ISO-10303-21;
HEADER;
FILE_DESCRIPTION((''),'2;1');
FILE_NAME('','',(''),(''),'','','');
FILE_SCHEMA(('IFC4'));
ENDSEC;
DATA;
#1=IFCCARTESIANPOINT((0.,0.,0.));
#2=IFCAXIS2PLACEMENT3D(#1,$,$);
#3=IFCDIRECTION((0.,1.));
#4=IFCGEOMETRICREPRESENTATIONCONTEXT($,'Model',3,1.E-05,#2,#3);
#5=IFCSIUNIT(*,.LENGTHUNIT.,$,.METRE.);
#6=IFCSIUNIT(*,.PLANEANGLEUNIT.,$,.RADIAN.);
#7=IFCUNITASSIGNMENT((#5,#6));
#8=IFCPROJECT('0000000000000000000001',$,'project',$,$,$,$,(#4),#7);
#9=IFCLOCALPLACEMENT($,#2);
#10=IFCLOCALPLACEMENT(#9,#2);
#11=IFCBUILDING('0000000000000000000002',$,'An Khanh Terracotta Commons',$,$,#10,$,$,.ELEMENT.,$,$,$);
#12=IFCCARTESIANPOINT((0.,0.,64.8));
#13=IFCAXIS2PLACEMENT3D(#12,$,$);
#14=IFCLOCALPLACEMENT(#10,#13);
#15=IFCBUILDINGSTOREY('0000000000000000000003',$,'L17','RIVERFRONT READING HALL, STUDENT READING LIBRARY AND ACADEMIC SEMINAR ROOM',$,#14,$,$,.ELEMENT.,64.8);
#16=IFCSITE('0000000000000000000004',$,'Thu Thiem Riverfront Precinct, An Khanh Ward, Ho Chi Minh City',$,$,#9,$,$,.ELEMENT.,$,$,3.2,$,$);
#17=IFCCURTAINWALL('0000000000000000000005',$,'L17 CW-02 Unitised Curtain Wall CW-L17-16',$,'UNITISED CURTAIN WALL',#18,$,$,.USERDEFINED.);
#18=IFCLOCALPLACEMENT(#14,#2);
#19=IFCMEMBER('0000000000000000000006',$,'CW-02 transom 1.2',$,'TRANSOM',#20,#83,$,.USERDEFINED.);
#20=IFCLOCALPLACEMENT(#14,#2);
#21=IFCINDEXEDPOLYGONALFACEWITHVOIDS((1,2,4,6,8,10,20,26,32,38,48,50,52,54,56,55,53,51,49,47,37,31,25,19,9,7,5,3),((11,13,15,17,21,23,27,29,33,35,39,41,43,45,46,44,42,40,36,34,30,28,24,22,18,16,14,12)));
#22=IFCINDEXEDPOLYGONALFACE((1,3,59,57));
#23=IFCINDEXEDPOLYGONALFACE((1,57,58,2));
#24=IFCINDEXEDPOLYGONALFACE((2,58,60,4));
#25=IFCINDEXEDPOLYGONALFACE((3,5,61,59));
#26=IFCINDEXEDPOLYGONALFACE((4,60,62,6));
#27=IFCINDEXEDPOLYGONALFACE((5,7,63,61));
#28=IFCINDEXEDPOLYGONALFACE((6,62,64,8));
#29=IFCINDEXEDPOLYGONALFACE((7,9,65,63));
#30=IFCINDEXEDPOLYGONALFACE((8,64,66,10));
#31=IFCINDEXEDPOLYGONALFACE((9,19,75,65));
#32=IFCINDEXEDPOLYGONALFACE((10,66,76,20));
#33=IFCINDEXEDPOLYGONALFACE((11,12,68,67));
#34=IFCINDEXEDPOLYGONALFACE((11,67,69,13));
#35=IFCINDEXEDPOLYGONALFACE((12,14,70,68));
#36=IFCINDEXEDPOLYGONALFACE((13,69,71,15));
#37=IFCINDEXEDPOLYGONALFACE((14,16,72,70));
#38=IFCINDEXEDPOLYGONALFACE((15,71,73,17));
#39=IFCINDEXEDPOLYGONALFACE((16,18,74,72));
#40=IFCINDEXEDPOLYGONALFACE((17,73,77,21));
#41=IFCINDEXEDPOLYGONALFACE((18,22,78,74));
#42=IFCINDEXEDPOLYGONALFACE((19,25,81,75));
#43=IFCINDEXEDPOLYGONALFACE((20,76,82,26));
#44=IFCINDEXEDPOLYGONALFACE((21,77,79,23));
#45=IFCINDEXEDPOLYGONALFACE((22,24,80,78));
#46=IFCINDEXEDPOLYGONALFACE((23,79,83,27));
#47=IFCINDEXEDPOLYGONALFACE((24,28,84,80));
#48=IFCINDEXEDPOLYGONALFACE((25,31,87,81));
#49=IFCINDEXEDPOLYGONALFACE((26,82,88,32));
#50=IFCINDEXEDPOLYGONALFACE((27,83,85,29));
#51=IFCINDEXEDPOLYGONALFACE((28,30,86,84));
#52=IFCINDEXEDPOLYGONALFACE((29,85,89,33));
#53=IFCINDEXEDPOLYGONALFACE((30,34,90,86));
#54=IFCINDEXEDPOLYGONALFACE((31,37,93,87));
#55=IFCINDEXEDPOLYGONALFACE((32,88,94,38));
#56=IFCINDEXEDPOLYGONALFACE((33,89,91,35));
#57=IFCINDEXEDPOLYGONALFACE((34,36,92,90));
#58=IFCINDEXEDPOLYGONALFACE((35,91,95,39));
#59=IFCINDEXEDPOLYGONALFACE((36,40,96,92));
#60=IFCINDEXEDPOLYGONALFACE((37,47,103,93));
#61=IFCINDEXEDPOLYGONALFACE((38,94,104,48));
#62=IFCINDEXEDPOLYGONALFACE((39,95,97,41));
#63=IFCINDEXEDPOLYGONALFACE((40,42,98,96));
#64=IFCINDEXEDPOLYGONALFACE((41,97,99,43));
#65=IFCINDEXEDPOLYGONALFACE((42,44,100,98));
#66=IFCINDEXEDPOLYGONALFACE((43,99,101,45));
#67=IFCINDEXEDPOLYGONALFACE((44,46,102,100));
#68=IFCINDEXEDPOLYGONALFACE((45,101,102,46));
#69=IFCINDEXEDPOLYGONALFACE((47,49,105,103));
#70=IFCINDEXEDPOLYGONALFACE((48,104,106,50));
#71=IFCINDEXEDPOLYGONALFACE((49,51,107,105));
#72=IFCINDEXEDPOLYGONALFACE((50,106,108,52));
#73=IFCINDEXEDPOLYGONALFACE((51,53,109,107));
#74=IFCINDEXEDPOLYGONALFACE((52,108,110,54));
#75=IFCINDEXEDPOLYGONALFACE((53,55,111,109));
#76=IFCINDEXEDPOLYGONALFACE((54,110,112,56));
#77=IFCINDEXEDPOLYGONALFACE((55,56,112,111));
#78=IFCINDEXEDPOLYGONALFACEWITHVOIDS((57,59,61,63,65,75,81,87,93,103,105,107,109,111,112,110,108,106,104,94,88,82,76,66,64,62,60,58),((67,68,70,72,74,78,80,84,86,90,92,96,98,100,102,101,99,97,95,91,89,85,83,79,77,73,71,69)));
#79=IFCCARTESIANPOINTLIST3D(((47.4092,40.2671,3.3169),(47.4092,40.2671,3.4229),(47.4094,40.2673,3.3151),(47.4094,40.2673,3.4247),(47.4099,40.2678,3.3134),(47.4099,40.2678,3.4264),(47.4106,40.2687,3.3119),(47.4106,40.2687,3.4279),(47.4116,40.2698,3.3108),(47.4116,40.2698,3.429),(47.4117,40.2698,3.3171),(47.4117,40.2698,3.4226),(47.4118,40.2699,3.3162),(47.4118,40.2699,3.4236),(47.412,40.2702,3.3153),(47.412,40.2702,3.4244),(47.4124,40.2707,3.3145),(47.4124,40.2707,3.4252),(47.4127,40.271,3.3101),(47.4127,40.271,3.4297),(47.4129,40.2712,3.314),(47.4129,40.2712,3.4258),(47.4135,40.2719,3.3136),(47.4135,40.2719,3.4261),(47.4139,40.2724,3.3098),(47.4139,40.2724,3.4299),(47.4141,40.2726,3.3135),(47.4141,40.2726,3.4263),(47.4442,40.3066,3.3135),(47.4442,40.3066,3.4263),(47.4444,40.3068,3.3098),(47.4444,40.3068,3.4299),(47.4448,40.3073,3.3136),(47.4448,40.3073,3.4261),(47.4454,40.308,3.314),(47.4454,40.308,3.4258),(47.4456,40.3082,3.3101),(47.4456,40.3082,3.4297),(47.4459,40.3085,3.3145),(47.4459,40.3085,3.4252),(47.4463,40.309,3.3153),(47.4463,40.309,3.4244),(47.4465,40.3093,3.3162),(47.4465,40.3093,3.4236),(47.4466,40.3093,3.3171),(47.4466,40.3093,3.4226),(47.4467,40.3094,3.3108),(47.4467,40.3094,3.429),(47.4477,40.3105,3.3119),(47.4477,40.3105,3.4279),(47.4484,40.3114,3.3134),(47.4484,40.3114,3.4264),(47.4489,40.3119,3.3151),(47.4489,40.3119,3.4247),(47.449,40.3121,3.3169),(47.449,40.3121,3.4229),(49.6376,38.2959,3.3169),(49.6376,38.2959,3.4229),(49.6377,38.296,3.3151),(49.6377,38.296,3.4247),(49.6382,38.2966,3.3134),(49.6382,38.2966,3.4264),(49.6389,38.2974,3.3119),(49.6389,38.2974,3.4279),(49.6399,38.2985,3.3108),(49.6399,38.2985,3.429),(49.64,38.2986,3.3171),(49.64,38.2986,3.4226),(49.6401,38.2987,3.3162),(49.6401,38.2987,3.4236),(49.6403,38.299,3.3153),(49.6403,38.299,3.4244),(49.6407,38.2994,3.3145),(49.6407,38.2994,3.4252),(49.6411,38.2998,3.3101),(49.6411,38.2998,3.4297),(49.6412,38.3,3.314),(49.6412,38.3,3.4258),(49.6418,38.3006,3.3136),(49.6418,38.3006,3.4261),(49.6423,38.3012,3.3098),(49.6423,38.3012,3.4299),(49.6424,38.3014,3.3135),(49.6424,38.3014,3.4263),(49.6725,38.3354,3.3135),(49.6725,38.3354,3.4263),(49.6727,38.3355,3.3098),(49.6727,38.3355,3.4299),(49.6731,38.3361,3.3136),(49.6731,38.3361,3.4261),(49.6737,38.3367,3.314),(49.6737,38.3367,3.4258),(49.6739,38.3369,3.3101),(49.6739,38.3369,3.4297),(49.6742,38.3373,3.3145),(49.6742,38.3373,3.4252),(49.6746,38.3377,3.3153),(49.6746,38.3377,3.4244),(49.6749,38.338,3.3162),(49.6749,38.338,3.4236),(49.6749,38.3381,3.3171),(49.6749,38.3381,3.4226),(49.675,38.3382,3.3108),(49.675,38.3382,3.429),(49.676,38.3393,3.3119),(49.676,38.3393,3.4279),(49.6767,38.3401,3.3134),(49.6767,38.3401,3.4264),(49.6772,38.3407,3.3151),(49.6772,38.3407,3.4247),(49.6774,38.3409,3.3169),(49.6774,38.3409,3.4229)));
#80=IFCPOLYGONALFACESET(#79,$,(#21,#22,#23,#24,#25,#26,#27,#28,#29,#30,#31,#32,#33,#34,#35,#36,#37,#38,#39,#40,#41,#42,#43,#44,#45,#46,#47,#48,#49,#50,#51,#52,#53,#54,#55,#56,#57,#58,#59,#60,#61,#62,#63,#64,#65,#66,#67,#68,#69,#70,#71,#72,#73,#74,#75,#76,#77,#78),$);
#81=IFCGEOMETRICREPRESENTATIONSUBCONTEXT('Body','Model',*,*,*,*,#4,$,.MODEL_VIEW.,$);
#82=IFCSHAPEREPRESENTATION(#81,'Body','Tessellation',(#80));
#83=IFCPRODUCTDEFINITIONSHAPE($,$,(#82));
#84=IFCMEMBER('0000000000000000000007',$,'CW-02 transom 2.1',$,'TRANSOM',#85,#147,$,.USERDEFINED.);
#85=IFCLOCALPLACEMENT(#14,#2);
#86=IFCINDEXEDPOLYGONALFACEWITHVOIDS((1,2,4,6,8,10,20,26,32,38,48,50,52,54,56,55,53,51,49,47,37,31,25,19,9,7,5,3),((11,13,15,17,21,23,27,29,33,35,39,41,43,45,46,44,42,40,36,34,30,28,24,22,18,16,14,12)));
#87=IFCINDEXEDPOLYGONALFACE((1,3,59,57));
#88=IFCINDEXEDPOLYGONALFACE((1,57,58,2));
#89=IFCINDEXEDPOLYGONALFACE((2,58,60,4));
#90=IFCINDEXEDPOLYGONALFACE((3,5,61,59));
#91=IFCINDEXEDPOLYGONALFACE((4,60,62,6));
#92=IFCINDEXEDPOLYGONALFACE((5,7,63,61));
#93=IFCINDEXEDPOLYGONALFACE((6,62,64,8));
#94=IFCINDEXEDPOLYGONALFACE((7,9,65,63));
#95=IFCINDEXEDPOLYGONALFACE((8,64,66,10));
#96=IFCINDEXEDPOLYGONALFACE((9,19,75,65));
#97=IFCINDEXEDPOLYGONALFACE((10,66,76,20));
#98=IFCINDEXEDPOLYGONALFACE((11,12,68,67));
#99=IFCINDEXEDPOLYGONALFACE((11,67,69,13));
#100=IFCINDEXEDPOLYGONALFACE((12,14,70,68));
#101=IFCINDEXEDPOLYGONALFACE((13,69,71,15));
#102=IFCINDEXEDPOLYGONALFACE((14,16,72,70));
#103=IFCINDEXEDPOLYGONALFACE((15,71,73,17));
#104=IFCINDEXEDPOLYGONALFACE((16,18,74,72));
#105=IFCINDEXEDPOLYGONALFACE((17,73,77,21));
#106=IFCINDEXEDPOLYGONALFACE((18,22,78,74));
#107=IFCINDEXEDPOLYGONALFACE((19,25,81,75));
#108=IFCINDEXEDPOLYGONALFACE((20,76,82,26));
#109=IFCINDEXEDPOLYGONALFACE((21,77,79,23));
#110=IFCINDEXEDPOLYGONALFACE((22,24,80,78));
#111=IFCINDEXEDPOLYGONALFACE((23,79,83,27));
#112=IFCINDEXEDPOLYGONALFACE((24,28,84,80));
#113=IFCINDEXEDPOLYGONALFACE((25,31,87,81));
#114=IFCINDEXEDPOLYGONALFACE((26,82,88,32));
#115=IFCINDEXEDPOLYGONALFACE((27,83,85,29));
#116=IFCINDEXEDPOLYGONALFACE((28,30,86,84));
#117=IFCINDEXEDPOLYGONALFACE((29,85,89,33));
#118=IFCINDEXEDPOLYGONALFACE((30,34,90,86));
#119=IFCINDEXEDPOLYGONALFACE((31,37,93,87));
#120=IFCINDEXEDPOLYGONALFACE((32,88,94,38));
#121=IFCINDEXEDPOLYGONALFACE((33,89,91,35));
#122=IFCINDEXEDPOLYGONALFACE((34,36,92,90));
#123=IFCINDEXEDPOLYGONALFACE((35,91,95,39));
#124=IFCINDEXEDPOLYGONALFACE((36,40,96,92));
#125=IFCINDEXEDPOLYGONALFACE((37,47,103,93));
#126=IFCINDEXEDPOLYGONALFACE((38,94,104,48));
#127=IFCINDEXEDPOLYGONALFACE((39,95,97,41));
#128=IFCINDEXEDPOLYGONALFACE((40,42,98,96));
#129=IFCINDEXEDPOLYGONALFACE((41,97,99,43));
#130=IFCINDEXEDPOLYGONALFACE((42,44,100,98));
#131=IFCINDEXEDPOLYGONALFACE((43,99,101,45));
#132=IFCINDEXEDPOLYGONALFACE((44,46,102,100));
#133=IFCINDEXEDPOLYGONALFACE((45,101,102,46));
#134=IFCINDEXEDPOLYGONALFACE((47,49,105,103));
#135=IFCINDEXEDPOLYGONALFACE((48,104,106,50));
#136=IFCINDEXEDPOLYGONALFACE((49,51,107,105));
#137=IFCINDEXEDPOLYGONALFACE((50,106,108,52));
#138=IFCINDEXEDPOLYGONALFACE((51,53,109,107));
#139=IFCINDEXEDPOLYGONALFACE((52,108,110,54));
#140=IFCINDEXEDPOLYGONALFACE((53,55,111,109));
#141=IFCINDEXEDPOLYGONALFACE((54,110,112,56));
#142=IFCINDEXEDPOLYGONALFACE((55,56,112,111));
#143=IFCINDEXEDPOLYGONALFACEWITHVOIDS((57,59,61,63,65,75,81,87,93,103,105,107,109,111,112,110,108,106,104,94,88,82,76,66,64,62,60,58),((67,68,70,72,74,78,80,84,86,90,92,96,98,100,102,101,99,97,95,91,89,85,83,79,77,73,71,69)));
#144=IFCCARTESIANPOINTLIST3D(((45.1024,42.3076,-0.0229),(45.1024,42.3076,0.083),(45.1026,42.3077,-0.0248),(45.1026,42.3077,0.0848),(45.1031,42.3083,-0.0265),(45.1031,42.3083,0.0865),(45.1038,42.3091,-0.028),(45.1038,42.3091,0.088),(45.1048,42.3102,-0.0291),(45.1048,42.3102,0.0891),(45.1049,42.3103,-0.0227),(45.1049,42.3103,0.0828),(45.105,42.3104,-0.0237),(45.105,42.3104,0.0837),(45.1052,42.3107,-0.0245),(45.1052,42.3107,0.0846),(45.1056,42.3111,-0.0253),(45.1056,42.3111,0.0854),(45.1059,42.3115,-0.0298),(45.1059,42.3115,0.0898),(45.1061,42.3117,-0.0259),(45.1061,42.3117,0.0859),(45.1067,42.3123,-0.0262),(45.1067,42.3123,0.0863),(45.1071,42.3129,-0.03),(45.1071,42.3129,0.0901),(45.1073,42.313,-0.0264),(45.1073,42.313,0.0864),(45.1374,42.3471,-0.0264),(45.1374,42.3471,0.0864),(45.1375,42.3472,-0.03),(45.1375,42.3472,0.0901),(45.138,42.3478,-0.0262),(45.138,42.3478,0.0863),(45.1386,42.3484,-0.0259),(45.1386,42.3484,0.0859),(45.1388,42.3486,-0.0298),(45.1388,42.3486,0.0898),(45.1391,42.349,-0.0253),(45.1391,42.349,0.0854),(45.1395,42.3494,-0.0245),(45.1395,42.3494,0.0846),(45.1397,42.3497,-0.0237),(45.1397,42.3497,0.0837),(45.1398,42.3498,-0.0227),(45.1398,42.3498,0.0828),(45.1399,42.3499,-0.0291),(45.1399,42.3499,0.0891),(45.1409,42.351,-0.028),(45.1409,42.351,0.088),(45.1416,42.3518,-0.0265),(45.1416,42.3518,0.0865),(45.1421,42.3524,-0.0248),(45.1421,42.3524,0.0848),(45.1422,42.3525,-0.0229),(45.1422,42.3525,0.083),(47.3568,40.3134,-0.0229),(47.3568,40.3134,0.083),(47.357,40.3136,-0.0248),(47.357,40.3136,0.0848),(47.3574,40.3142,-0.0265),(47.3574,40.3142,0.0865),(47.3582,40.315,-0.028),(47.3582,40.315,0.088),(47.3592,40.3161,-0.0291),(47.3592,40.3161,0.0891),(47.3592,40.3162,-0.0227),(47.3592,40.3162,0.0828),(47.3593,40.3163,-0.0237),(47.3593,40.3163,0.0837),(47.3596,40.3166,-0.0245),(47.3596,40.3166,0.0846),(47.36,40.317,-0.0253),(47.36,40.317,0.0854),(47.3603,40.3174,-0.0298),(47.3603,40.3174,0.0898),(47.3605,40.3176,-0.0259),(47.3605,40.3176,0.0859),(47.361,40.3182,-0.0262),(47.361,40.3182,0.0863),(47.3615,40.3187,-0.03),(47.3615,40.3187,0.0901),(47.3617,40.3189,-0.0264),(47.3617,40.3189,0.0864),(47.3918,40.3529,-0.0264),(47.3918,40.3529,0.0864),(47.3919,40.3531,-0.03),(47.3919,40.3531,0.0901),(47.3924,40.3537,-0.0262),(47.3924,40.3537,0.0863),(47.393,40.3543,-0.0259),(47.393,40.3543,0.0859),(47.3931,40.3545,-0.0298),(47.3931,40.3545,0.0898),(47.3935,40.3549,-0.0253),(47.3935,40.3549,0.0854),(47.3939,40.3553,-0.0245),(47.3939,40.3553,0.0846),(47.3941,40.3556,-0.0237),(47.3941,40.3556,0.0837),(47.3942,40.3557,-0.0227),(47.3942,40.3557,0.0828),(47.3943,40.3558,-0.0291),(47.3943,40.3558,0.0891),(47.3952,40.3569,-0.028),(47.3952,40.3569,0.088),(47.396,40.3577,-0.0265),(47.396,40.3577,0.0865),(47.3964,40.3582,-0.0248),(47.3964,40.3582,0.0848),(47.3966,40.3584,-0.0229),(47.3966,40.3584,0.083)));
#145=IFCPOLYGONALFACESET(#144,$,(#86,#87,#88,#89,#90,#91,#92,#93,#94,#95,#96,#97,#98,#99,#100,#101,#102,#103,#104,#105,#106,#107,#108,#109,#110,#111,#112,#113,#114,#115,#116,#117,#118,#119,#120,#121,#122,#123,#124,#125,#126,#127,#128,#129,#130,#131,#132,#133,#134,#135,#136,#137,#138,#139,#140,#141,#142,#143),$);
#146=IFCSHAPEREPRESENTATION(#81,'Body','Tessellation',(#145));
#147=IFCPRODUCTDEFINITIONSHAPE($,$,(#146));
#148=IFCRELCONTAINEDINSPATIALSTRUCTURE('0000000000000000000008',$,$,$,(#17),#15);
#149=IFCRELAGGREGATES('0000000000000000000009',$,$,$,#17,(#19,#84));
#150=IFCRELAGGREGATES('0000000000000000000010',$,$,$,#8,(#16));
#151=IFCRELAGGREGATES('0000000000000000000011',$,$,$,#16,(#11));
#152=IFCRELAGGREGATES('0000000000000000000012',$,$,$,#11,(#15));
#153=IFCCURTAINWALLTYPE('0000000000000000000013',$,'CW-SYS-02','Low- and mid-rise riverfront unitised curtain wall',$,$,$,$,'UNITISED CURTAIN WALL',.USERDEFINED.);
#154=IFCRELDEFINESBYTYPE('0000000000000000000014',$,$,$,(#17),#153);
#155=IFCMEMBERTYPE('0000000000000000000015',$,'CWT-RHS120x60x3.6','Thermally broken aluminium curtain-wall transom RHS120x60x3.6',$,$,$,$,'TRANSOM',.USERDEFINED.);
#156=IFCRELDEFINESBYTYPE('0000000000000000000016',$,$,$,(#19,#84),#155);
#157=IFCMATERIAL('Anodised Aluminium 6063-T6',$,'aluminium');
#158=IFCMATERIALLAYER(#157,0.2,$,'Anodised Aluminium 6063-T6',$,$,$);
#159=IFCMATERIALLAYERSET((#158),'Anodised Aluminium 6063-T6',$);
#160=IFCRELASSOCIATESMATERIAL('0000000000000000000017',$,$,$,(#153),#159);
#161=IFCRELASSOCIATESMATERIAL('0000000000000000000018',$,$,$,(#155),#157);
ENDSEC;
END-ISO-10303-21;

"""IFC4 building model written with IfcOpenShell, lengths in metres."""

from ifc_helpers import new_model, si_unit, direction, frame, origin, origin_2d, place, context, subcontext, project, spatial, hollow_rectangle, extrude, material, layer, layer_set, material_profile, profile_set, type_object, element, aggregate, save


model = new_model("IFC4")

# Units and contexts
model_context = context("Model", 3, precision=1e-05, world=origin(), true_north=direction((0.0, 1.0)))
body_context = subcontext(model_context, "Body", "Model", "MODEL_VIEW")
ifc_project = project(units=[si_unit("LENGTHUNIT", "METRE"), si_unit("PLANEANGLEUNIT", "RADIAN")], contexts=[model_context])

# Site, building, storey
site_placement = place(None, origin())
site = spatial("IfcSite", under=ifc_project, at=site_placement, Name="Thu Thiem Riverfront Precinct, An Khanh Ward, Ho Chi Minh City", CompositionType="ELEMENT", RefElevation=3.2)
building_placement = place(site_placement, origin())
building = spatial("IfcBuilding", under=site, at=building_placement, Name="An Khanh Terracotta Commons", CompositionType="ELEMENT")
storey_placement = place(building_placement, frame((0.0, 0.0, 64.8)))
storey = spatial("IfcBuildingStorey", under=building, at=storey_placement, Name="L17", Description="RIVERFRONT READING HALL, STUDENT READING LIBRARY AND ACADEMIC SEMINAR ROOM", CompositionType="ELEMENT", Elevation=64.8)

# Shared definitions
ifc_material_1 = material(Name="Anodised Aluminium 6063-T6", Category="aluminium")
ifc_layer_1 = layer(ifc_material_1, 0.2, Name="Anodised Aluminium 6063-T6")
ifc_layer_set_1 = layer_set([ifc_layer_1], Name="Anodised Aluminium 6063-T6")
curtain_wall_type = type_object("IfcCurtainWallType", Name="CW-SYS-02", Description="Low- and mid-rise riverfront unitised curtain wall", ElementType="UNITISED CURTAIN WALL", PredefinedType="USERDEFINED", material=ifc_layer_set_1)

# Curtain wall, members
curtain_wall_1_placement = place(storey_placement, origin())
curtain_wall_1 = element("IfcCurtainWall", 1, at=curtain_wall_1_placement, inside=storey, type_object=curtain_wall_type, Name="L17 CW-02 Unitised Curtain Wall CW-L17-16", ObjectType="UNITISED CURTAIN WALL", PredefinedType="USERDEFINED")
ifc_material_profile_1 = material_profile(ifc_material_1, hollow_rectangle(XDim=0.0601, YDim=0.1201, WallThickness=0.0037, InnerFilletRadius=0.0037, OuterFilletRadius=0.0071, at=origin_2d()), Name="RHS120x60x3.6")
ifc_profile_set_1 = profile_set([ifc_material_profile_1], Name="Anodised Aluminium 6063-T6")
member_type_1 = type_object("IfcMemberType", Name="CWT-RHS120x60x3.6", Description="Thermally broken aluminium curtain-wall transom RHS120x60x3.6", ElementType="TRANSOM", PredefinedType="USERDEFINED", material=ifc_profile_set_1)
member_1_placement = place(storey_placement, frame((49.6575, 38.3184, 3.3699), z_axis=(-0.748992, 0.662579, 0.0), x_axis=(-0.662579, -0.748992, 0.0)))
member_1 = element("IfcMember", 2, at=member_1_placement, type_object=member_type_1, Name="CW-02 transom 1.2", ObjectType="TRANSOM", PredefinedType="USERDEFINED", context=body_context, shape_type="SweptSolid", body=[
    extrude(hollow_rectangle(XDim=0.0601, YDim=0.1201, WallThickness=0.0037, InnerFilletRadius=0.0037, OuterFilletRadius=0.0071, at=origin_2d()), origin(), (0.0, 0.0, 1.0), 2.9751),
])
member_2_placement = place(storey_placement, frame((47.3767, 40.3359, 0.03), z_axis=(-0.749018, 0.662549, 0.0), x_axis=(-0.662549, -0.749018, 0.0)))
member_2 = element("IfcMember", 3, at=member_2_placement, type_object=member_type_1, Name="CW-02 transom 2.1", ObjectType="TRANSOM", PredefinedType="USERDEFINED", context=body_context, shape_type="SweptSolid", body=[
    extrude(hollow_rectangle(XDim=0.0601, YDim=0.1201, WallThickness=0.0037, InnerFilletRadius=0.0037, OuterFilletRadius=0.0071, at=origin_2d()), origin(), (0.0, 0.0, 1.0), 3.0098),
])
aggregate(curtain_wall_1, [member_1, member_2])

save(model, "model.ifc")
